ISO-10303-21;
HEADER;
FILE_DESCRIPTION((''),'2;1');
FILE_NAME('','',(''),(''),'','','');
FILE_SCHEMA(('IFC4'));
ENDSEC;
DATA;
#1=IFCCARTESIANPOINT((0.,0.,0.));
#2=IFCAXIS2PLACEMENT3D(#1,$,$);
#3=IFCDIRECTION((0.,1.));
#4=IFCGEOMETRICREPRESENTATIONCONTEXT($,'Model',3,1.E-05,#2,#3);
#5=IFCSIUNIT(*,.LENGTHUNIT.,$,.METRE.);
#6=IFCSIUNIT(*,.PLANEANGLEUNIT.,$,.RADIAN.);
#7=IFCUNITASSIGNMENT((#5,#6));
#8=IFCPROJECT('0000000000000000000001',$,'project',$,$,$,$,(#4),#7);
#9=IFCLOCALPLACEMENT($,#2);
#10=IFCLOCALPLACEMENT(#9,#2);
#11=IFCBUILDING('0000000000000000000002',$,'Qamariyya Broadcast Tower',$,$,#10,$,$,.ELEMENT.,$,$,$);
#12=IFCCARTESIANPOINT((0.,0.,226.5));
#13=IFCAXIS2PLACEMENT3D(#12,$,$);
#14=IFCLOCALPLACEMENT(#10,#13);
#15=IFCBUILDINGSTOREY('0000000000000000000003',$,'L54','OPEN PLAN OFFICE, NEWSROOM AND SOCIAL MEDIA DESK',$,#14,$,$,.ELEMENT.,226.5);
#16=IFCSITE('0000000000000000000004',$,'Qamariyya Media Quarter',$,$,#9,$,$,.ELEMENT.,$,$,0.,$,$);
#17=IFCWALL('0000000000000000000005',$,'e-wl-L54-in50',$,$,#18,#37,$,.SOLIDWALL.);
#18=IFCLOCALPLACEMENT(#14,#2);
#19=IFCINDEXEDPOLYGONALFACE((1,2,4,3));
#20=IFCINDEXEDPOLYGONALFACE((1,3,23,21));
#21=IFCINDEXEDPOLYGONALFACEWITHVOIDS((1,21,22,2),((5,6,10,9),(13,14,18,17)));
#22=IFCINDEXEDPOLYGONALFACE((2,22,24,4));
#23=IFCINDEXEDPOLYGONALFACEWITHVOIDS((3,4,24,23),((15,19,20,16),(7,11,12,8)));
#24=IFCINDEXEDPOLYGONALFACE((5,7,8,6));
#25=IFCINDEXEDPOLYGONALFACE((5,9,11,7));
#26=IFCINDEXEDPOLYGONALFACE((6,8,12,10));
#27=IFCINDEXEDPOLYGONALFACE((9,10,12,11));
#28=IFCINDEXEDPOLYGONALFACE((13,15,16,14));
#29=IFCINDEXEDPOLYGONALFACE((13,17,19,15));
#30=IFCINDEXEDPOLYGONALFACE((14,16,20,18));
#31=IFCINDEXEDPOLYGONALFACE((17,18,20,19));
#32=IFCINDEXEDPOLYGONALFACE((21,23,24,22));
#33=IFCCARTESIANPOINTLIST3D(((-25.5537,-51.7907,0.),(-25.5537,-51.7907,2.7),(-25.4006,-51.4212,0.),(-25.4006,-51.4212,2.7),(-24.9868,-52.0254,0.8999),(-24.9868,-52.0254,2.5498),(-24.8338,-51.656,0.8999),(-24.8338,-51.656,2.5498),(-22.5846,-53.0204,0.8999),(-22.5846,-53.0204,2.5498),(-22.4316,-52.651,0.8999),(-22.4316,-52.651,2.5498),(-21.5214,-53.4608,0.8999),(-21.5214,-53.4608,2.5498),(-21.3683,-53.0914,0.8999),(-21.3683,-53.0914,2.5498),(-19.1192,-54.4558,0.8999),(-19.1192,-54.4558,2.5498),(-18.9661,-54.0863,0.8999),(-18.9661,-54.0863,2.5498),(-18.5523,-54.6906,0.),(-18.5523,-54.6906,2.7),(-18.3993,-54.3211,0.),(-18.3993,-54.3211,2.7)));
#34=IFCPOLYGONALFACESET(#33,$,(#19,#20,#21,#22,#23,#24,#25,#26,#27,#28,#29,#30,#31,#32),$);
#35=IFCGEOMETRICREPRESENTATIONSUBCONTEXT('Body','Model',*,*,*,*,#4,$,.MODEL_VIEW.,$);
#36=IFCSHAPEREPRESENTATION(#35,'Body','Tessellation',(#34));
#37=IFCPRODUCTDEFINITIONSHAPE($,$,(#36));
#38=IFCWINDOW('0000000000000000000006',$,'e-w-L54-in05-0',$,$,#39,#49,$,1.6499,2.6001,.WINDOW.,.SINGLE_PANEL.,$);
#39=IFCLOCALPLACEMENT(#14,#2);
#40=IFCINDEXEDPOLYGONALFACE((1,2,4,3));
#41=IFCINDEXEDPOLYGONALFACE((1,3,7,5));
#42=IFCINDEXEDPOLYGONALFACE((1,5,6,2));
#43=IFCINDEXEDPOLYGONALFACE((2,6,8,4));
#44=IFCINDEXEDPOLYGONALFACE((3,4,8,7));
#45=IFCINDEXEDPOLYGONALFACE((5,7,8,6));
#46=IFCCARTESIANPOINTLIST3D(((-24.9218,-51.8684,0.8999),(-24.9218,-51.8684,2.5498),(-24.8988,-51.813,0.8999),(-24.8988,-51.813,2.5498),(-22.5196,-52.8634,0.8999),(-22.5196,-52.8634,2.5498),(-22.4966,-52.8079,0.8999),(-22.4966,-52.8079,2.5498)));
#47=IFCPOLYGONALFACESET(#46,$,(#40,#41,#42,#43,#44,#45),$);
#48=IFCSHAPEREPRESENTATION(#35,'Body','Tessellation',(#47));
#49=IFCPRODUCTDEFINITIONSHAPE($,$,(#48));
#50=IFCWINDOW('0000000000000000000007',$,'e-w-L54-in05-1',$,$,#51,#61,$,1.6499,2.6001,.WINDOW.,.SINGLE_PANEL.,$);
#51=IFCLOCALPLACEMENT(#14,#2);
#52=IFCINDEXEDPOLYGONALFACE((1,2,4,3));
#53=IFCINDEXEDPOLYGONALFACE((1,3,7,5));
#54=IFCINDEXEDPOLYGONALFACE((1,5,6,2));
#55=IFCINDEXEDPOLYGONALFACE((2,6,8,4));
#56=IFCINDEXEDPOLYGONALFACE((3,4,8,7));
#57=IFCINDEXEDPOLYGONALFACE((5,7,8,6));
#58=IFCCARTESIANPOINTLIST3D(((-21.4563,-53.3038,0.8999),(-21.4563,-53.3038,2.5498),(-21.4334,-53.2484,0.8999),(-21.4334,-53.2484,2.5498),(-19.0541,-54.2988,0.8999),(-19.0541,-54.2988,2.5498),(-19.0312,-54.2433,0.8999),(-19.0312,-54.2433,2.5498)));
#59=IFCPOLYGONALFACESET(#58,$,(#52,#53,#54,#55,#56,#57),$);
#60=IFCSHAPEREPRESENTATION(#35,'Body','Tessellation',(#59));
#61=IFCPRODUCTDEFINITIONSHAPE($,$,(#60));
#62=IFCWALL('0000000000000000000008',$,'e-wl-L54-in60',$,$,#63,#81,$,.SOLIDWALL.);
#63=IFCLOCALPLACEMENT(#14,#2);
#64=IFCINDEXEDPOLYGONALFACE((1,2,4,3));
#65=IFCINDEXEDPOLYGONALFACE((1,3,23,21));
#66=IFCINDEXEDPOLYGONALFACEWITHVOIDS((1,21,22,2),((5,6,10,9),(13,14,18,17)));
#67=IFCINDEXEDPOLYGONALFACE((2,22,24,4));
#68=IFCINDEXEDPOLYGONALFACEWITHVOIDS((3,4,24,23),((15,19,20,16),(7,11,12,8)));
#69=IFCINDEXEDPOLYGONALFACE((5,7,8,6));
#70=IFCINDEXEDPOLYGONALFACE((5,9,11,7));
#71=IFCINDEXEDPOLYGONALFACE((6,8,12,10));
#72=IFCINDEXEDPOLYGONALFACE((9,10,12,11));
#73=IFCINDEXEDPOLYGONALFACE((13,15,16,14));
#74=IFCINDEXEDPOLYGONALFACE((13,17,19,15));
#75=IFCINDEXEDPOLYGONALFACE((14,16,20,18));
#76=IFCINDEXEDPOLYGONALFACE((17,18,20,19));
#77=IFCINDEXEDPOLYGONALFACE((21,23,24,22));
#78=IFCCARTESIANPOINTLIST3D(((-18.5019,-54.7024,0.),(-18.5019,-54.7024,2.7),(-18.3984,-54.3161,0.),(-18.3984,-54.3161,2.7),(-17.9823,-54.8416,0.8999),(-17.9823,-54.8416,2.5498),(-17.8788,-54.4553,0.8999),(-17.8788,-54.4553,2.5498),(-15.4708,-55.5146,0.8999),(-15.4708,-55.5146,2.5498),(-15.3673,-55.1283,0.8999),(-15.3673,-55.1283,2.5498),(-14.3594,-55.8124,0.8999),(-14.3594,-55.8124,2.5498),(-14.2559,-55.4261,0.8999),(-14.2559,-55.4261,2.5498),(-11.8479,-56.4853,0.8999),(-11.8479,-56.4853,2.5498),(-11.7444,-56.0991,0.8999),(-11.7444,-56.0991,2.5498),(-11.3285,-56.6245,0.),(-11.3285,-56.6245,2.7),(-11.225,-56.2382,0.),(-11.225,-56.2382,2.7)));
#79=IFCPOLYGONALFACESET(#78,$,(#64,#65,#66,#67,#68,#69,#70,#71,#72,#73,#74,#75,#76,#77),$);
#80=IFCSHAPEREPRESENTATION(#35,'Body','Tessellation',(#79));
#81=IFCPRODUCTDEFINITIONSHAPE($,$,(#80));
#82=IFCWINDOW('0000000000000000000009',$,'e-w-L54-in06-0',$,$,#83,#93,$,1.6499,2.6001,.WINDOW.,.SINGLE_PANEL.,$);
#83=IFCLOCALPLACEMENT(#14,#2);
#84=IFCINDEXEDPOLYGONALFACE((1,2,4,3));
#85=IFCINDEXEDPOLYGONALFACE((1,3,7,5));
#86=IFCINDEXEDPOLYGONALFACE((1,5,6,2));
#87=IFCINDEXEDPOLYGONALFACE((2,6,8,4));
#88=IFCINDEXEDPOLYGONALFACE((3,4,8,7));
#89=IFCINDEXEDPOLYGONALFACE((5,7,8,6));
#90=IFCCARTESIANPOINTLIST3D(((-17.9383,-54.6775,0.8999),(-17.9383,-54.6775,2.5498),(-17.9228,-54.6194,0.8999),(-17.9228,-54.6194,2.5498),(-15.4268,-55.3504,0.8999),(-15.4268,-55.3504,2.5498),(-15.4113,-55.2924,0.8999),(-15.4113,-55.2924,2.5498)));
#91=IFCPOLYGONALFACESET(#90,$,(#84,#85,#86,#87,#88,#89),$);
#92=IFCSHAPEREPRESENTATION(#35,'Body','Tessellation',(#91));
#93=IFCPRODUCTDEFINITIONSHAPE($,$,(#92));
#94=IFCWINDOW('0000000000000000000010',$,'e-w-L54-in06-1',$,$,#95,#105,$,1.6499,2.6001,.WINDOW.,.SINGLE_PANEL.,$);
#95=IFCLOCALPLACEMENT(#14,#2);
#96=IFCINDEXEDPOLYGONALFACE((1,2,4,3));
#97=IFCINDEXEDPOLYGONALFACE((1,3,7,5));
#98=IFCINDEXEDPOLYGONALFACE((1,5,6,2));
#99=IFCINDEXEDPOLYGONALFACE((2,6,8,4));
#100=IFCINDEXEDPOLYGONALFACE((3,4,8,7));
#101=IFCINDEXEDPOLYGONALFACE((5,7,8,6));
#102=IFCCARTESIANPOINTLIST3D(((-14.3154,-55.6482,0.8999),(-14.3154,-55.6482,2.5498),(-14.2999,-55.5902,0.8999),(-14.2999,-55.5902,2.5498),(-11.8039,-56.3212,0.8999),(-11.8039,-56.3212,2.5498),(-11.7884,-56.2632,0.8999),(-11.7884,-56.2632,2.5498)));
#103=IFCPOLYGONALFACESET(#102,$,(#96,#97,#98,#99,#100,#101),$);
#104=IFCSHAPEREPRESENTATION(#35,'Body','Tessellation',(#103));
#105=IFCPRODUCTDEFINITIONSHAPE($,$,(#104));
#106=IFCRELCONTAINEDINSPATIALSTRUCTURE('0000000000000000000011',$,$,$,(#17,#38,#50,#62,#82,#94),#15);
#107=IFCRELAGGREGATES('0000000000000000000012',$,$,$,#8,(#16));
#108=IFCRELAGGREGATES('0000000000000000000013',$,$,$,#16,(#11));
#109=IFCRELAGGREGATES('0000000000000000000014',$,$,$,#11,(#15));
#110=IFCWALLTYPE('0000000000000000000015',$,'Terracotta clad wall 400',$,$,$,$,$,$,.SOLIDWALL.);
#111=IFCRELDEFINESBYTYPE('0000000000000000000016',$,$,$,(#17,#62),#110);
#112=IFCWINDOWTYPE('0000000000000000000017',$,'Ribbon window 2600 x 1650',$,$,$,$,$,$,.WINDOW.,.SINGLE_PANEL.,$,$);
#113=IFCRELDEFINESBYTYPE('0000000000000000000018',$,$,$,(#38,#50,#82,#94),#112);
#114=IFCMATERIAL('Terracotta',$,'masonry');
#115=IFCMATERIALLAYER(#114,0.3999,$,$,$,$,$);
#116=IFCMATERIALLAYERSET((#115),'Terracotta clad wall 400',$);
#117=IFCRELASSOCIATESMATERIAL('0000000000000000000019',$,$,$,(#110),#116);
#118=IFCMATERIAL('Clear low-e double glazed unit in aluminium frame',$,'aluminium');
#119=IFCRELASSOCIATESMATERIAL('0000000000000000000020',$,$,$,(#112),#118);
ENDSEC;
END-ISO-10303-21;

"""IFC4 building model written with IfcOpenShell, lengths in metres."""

from ifc_helpers import new_model, si_unit, direction, frame, frame_2d, origin, place, context, subcontext, project, spatial, rectangle, extrude, material, layer, layer_set, type_object, element, fill, save


model = new_model("IFC4")

# Units and contexts
model_context = context("Model", 3, precision=1e-05, world=origin(), true_north=direction((0.0, 1.0)))
body_context = subcontext(model_context, "Body", "Model", "MODEL_VIEW")
ifc_project = project(units=[si_unit("LENGTHUNIT", "METRE"), si_unit("PLANEANGLEUNIT", "RADIAN")], contexts=[model_context])

# Site, building, storey
site_placement = place(None, origin())
site = spatial("IfcSite", under=ifc_project, at=site_placement, Name="Qamariyya Media Quarter", CompositionType="ELEMENT", RefElevation=0.0)
building_placement = place(site_placement, origin())
building = spatial("IfcBuilding", under=site, at=building_placement, Name="Qamariyya Broadcast Tower", CompositionType="ELEMENT")
storey_placement = place(building_placement, frame((0.0, 0.0, 226.5)))
storey = spatial("IfcBuildingStorey", under=building, at=storey_placement, Name="L54", Description="OPEN PLAN OFFICE, NEWSROOM AND SOCIAL MEDIA DESK", CompositionType="ELEMENT", Elevation=226.5)

# Walls, openings, windows
ifc_material_1 = material(Name="Terracotta", Category="masonry")
ifc_layer_1 = layer(ifc_material_1, 0.3999)
ifc_layer_set_1 = layer_set([ifc_layer_1], Name="Terracotta clad wall 400")
wall_type_1 = type_object("IfcWallType", Name="Terracotta clad wall 400", PredefinedType="SOLIDWALL", material=ifc_layer_set_1)
ifc_material_2 = material(Name="Clear low-e double glazed unit in aluminium frame", Category="aluminium")
window_type = type_object("IfcWindowType", Name="Ribbon window 2600 x 1650", PartitioningType="SINGLE_PANEL", PredefinedType="WINDOW", material=ifc_material_2)
wall_1_placement = place(storey_placement, frame((-18.4758, -54.5059, 0.0), z_axis=(0.0, 0.0, 1.0), x_axis=(-0.923884, 0.382672, 0.0)))
wall_1 = element("IfcWall", 1, at=wall_1_placement, inside=storey, type_object=wall_type_1, Name="e-wl-L54-in50", PredefinedType="SOLIDWALL", context=body_context, shape_type="SweptSolid", body=[
    extrude(rectangle(XDim=7.5781, YDim=0.3999, at=frame_2d((3.7891, 0.0))), origin(), (0.0, 0.0, 1.0), 2.7),
])
opening_1_placement = place(wall_1_placement, frame((4.3645, 0.0, 0.8999)))
opening_1 = element("IfcOpeningElement", 2, at=opening_1_placement, cuts=wall_1, PredefinedType="OPENING", context=body_context, shape_type="SweptSolid", body=[
    extrude(rectangle(XDim=2.6001, YDim=1.6499, at=frame_2d((1.3, 0.825))), frame((0.0, 0.21, 0.0), z_axis=(0.0, -1.0, 0.0), x_axis=(1.0, 0.0, 0.0)), (0.0, 0.0, 1.0), 0.4199),
])
opening_2_placement = place(wall_1_placement, frame((0.6135, 0.0, 0.8999)))
opening_2 = element("IfcOpeningElement", 3, at=opening_2_placement, cuts=wall_1, PredefinedType="OPENING", context=body_context, shape_type="SweptSolid", body=[
    extrude(rectangle(XDim=2.6001, YDim=1.6499, at=frame_2d((1.3, 0.825))), frame((0.0, 0.21, 0.0), z_axis=(0.0, -1.0, 0.0), x_axis=(1.0, 0.0, 0.0)), (0.0, 0.0, 1.0), 0.4199),
])
window_1_placement = place(opening_1_placement, origin())
window_1 = element("IfcWindow", 4, at=window_1_placement, inside=storey, type_object=window_type, Name="e-w-L54-in05-0", OverallHeight=1.6499, OverallWidth=2.6001, PartitioningType="SINGLE_PANEL", PredefinedType="WINDOW", context=body_context, shape_type="SweptSolid", body=[
    extrude(rectangle(XDim=2.6001, YDim=1.6499, at=frame_2d((1.3, 0.825))), frame((0.0, 0.03, 0.0), z_axis=(0.0, -1.0, 0.0), x_axis=(1.0, 0.0, 0.0)), (0.0, 0.0, 1.0), 0.0601),
])
fill(opening_1, window_1)
window_2_placement = place(opening_2_placement, origin())
window_2 = element("IfcWindow", 5, at=window_2_placement, inside=storey, type_object=window_type, Name="e-w-L54-in05-1", OverallHeight=1.6499, OverallWidth=2.6001, PartitioningType="SINGLE_PANEL", PredefinedType="WINDOW", context=body_context, shape_type="SweptSolid", body=[
    extrude(rectangle(XDim=2.6001, YDim=1.6499, at=frame_2d((1.3, 0.825))), frame((0.0, 0.03, 0.0), z_axis=(0.0, -1.0, 0.0), x_axis=(1.0, 0.0, 0.0)), (0.0, 0.0, 1.0), 0.0601),
])
fill(opening_2, window_2)
wall_2_placement = place(storey_placement, frame((-11.2766, -56.4314, 0.0), z_axis=(0.0, 0.0, 1.0), x_axis=(-0.965925, 0.258823, 0.0)))
wall_2 = element("IfcWall", 6, at=wall_2_placement, inside=storey, type_object=wall_type_1, Name="e-wl-L54-in60", PredefinedType="SOLIDWALL", context=body_context, shape_type="SweptSolid", body=[
    extrude(rectangle(XDim=7.4265, YDim=0.3999, at=frame_2d((3.7134, 0.0))), origin(), (0.0, 0.0, 1.0), 2.7),
])
opening_3_placement = place(wall_2_placement, frame((4.2886, 0.0, 0.8999)))
opening_3 = element("IfcOpeningElement", 7, at=opening_3_placement, cuts=wall_2, PredefinedType="OPENING", context=body_context, shape_type="SweptSolid", body=[
    extrude(rectangle(XDim=2.6001, YDim=1.6499, at=frame_2d((1.3, 0.825))), frame((0.0, 0.21, 0.0), z_axis=(0.0, -1.0, 0.0), x_axis=(1.0, 0.0, 0.0)), (0.0, 0.0, 1.0), 0.4199),
])
opening_4_placement = place(wall_2_placement, frame((0.5378, 0.0, 0.8999)))
opening_4 = element("IfcOpeningElement", 8, at=opening_4_placement, cuts=wall_2, PredefinedType="OPENING", context=body_context, shape_type="SweptSolid", body=[
    extrude(rectangle(XDim=2.6001, YDim=1.6499, at=frame_2d((1.3, 0.825))), frame((0.0, 0.21, 0.0), z_axis=(0.0, -1.0, 0.0), x_axis=(1.0, 0.0, 0.0)), (0.0, 0.0, 1.0), 0.4199),
])
window_3_placement = place(opening_3_placement, origin())
window_3 = element("IfcWindow", 9, at=window_3_placement, inside=storey, type_object=window_type, Name="e-w-L54-in06-0", OverallHeight=1.6499, OverallWidth=2.6001, PartitioningType="SINGLE_PANEL", PredefinedType="WINDOW", context=body_context, shape_type="SweptSolid", body=[
    extrude(rectangle(XDim=2.6001, YDim=1.6499, at=frame_2d((1.3, 0.825))), frame((0.0, 0.03, 0.0), z_axis=(0.0, -1.0, 0.0), x_axis=(1.0, 0.0, 0.0)), (0.0, 0.0, 1.0), 0.0601),
])
fill(opening_3, window_3)
window_4_placement = place(opening_4_placement, origin())
window_4 = element("IfcWindow", 10, at=window_4_placement, inside=storey, type_object=window_type, Name="e-w-L54-in06-1", OverallHeight=1.6499, OverallWidth=2.6001, PartitioningType="SINGLE_PANEL", PredefinedType="WINDOW", context=body_context, shape_type="SweptSolid", body=[
    extrude(rectangle(XDim=2.6001, YDim=1.6499, at=frame_2d((1.3, 0.825))), frame((0.0, 0.03, 0.0), z_axis=(0.0, -1.0, 0.0), x_axis=(1.0, 0.0, 0.0)), (0.0, 0.0, 1.0), 0.0601),
])
fill(opening_4, window_4)

save(model, "model.ifc")
